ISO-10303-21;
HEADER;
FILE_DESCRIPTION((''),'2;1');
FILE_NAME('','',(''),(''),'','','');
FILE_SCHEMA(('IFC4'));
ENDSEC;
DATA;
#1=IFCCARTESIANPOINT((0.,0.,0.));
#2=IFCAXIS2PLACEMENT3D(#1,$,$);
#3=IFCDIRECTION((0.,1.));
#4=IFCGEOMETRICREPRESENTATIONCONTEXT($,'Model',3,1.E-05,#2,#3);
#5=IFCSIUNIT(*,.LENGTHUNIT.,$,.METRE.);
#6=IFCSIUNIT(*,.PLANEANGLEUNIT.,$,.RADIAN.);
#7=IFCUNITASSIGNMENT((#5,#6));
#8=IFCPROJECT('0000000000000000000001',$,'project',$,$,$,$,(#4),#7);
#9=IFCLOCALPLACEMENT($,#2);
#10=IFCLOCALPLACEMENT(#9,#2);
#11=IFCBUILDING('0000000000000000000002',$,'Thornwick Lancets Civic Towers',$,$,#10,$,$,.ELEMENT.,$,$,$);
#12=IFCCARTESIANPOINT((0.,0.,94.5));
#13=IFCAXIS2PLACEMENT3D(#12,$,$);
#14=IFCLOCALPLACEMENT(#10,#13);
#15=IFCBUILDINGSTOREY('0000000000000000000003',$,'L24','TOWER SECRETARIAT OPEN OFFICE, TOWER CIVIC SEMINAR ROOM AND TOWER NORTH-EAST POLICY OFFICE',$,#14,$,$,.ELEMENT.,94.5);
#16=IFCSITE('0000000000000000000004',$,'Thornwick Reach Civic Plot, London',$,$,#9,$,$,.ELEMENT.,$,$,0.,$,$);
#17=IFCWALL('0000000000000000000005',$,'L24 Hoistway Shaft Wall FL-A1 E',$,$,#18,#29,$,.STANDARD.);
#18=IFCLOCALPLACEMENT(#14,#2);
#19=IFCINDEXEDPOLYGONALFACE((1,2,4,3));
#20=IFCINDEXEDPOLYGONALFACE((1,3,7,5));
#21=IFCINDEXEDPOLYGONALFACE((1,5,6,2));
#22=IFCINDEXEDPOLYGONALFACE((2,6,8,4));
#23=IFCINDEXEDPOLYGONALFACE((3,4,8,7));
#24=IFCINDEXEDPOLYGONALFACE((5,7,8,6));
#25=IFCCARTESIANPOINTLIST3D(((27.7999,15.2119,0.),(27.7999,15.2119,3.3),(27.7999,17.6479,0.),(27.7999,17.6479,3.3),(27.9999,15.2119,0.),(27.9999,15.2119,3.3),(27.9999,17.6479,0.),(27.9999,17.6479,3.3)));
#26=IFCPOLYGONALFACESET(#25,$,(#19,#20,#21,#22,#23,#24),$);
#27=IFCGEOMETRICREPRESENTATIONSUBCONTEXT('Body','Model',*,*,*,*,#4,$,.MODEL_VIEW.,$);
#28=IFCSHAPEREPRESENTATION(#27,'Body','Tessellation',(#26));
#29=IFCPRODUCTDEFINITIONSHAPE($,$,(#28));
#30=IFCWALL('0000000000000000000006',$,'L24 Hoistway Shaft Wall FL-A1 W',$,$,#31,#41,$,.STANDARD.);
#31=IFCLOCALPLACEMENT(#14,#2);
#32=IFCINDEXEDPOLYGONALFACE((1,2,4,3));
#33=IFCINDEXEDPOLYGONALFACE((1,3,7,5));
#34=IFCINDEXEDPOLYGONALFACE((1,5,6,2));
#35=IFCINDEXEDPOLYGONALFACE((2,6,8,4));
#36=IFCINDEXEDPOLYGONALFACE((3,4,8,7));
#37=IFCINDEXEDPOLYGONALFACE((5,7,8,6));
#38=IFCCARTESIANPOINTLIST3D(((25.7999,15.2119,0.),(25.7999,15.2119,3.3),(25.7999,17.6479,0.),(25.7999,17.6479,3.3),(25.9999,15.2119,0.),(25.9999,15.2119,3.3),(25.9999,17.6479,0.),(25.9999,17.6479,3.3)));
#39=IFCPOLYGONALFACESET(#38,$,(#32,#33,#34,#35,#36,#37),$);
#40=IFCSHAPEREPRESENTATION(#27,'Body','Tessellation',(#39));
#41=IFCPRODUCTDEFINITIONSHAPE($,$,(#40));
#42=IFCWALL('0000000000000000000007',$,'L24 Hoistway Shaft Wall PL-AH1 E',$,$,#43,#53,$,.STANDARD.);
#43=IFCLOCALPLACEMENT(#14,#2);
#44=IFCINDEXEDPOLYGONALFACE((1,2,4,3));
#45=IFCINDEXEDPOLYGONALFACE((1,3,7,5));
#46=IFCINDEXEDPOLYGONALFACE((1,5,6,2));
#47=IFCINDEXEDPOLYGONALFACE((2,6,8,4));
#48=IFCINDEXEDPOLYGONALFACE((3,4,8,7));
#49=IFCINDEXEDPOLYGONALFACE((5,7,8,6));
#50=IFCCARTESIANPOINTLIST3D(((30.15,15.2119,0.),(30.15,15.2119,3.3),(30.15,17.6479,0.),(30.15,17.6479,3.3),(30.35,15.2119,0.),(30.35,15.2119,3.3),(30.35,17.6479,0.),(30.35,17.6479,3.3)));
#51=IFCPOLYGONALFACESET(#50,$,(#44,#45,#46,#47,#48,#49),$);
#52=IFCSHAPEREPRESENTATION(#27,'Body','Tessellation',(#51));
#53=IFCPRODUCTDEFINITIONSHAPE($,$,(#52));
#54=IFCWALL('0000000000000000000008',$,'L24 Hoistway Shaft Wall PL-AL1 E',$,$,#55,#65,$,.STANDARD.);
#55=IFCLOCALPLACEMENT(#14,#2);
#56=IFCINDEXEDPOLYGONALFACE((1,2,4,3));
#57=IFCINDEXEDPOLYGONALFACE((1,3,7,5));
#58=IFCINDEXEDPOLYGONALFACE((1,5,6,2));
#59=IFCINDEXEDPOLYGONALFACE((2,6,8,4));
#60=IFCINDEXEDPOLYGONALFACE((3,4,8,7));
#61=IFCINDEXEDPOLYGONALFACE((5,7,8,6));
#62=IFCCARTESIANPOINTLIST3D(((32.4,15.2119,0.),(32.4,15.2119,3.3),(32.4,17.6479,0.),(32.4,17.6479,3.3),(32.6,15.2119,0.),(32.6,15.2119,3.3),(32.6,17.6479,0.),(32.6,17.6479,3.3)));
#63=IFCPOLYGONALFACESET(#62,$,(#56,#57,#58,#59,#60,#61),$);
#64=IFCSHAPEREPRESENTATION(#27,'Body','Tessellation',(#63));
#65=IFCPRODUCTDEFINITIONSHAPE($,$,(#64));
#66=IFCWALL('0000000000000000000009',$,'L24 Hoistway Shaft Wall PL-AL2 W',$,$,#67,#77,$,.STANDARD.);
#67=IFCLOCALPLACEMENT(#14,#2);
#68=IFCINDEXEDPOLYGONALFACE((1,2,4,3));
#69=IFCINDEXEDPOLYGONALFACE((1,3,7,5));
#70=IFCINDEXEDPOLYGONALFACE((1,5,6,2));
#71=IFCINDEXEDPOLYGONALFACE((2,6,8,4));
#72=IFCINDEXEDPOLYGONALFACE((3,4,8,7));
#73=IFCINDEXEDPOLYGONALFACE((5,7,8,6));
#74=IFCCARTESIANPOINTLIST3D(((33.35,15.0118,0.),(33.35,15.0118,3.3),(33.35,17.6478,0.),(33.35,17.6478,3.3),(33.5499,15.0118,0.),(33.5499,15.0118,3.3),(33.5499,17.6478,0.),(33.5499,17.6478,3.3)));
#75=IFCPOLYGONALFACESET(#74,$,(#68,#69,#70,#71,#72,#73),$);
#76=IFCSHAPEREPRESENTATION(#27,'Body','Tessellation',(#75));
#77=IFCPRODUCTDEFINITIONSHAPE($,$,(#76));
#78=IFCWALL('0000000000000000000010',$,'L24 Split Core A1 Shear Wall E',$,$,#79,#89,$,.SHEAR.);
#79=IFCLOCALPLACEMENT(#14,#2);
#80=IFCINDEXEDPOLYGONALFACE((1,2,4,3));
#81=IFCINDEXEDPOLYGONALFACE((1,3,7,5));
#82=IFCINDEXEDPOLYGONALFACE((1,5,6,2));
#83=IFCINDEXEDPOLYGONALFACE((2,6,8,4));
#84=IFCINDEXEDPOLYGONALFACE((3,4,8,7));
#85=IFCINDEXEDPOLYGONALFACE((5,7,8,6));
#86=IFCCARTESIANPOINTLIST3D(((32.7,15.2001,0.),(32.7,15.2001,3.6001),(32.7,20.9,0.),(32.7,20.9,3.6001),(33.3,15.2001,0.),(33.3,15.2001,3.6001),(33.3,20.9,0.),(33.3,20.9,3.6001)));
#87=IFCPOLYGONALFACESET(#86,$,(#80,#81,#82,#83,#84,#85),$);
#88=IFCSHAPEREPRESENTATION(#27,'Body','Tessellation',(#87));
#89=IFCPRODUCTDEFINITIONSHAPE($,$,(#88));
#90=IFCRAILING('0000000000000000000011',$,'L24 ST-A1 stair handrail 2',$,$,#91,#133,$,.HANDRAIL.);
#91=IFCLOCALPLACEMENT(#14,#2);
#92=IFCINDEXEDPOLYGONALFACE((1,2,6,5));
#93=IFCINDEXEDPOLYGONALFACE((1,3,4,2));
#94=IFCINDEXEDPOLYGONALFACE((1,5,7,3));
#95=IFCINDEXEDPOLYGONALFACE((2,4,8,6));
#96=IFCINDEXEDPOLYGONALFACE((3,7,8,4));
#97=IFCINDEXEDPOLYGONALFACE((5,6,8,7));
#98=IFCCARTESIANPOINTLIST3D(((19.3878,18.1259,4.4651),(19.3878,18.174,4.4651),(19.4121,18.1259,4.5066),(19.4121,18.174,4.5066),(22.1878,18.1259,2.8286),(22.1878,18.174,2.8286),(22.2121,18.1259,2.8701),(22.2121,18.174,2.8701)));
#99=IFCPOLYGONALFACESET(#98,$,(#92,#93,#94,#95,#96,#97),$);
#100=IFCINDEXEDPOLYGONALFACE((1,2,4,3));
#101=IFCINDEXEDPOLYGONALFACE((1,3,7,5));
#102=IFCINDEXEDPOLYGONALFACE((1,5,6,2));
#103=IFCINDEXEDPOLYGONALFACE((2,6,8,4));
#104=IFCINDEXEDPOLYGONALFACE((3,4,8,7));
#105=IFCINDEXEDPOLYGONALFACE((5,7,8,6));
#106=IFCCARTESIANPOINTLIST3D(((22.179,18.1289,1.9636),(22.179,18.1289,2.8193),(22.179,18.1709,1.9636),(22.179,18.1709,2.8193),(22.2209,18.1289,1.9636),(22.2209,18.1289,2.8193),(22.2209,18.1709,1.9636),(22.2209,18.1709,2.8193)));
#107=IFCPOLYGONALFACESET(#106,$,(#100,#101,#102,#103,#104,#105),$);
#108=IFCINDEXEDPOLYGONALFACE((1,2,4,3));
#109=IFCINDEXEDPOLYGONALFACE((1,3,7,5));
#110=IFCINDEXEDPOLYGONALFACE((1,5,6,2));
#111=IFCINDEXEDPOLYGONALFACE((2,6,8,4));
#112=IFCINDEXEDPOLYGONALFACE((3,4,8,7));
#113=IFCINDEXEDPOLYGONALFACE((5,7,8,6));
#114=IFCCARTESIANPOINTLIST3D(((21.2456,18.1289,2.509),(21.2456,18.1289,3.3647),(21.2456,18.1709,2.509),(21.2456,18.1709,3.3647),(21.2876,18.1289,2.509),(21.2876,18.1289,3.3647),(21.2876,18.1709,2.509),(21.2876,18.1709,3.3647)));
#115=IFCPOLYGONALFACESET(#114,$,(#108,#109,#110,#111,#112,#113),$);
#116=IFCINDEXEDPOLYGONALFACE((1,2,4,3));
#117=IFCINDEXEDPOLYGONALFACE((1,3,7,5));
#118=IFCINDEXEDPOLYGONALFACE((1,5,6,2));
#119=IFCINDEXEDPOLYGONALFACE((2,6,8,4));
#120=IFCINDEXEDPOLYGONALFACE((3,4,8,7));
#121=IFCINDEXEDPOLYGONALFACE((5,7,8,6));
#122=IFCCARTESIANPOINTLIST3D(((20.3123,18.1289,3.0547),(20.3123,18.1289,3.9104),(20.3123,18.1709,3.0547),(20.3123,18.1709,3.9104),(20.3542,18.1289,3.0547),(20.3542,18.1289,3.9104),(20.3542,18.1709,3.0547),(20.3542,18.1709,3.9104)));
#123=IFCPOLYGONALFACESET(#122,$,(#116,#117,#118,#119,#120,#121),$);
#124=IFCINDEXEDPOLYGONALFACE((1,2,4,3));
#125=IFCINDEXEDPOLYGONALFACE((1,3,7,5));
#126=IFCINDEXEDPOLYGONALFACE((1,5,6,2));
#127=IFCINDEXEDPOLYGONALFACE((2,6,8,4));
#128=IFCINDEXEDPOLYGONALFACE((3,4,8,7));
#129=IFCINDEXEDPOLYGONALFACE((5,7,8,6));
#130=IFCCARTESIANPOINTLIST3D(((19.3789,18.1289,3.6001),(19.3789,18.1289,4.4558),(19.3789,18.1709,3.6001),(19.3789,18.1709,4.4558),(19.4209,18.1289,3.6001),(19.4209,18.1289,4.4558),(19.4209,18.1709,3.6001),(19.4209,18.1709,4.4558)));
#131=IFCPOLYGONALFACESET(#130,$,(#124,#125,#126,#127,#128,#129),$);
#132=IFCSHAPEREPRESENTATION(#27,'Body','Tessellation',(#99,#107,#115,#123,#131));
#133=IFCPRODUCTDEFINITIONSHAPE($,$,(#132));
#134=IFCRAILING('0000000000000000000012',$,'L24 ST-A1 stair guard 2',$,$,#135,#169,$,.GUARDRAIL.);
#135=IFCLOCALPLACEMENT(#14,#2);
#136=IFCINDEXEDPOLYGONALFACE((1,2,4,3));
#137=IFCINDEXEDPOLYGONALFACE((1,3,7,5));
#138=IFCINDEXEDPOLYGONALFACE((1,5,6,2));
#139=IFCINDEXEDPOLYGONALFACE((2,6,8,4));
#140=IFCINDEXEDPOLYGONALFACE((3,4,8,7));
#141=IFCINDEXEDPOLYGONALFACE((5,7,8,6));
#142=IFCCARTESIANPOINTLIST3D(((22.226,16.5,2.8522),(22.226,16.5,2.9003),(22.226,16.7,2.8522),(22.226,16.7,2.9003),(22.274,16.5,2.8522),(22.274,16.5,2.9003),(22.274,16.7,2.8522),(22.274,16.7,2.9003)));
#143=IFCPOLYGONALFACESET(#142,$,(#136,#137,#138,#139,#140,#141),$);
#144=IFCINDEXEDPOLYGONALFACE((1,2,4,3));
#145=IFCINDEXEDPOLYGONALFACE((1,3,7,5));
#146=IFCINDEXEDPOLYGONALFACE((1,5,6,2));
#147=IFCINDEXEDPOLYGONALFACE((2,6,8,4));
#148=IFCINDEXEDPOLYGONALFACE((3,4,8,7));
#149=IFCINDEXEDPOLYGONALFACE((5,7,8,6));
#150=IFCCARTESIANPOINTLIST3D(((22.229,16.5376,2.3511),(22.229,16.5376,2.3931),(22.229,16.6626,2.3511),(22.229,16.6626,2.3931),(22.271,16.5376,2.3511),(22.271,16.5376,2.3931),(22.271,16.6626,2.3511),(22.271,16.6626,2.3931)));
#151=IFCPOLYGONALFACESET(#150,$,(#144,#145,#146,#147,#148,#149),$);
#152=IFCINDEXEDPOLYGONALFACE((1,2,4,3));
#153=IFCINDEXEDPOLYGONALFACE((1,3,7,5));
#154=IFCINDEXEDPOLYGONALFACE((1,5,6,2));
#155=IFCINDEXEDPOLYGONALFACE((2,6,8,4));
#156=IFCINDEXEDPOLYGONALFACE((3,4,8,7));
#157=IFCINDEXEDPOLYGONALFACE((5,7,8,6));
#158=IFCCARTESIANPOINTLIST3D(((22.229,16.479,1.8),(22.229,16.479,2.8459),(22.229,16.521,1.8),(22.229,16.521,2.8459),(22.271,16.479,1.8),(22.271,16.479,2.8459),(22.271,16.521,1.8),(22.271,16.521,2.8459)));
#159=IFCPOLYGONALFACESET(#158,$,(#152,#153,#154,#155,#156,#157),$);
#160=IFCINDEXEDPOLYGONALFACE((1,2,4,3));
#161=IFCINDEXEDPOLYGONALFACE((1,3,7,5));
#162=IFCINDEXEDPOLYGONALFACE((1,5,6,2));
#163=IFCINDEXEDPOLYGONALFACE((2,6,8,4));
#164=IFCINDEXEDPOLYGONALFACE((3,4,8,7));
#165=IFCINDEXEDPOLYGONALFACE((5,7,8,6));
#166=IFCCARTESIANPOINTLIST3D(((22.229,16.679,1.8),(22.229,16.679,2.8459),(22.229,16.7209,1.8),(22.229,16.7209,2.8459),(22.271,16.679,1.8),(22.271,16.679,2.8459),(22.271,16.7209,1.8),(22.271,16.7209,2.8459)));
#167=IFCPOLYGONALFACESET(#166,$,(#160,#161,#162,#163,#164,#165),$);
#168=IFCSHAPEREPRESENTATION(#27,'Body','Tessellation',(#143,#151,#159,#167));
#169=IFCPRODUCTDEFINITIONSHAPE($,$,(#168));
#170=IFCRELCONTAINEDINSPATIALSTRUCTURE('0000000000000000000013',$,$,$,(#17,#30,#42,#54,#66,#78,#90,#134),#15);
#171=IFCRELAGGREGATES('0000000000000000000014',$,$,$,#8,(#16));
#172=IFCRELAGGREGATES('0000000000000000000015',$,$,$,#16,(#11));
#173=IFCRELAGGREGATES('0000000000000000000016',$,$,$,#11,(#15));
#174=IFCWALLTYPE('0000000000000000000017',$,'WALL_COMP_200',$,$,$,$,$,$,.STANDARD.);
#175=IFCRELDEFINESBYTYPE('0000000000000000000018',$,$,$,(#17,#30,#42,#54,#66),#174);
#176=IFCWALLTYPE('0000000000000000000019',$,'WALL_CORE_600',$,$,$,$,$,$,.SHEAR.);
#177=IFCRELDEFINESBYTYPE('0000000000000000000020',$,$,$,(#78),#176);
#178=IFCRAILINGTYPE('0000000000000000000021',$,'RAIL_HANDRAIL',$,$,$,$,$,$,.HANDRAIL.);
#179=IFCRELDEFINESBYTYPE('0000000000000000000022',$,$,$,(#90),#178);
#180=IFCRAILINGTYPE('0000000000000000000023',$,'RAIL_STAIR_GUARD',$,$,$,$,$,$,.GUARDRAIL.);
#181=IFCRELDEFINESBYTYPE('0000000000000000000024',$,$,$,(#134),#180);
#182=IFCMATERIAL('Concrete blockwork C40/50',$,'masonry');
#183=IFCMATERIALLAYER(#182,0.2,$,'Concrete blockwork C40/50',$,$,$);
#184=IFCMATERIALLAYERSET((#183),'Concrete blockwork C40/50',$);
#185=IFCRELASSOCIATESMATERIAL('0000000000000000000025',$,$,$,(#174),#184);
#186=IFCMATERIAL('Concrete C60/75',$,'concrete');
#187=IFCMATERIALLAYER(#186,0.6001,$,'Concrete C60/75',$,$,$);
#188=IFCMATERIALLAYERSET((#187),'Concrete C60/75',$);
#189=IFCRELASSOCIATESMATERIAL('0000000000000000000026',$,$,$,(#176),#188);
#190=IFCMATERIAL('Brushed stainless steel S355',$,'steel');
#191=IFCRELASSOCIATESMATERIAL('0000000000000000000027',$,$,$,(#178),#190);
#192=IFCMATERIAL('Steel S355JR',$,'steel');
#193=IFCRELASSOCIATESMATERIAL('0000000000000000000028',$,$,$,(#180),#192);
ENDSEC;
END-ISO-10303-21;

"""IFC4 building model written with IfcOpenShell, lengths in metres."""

from ifc_helpers import new_model, si_unit, direction, frame, frame_2d, origin, origin_2d, place, context, subcontext, project, spatial, rectangle, extrude, material, layer, layer_set, type_object, element, save


model = new_model("IFC4")

# Units and contexts
model_context = context("Model", 3, precision=1e-05, world=origin(), true_north=direction((0.0, 1.0)))
body_context = subcontext(model_context, "Body", "Model", "MODEL_VIEW")
ifc_project = project(units=[si_unit("LENGTHUNIT", "METRE"), si_unit("PLANEANGLEUNIT", "RADIAN")], contexts=[model_context])

# Site, building, storey
site_placement = place(None, origin())
site = spatial("IfcSite", under=ifc_project, at=site_placement, Name="Thornwick Reach Civic Plot, London", CompositionType="ELEMENT", RefElevation=0.0)
building_placement = place(site_placement, origin())
building = spatial("IfcBuilding", under=site, at=building_placement, Name="Thornwick Lancets Civic Towers", CompositionType="ELEMENT")
storey_placement = place(building_placement, frame((0.0, 0.0, 94.5)))
storey = spatial("IfcBuildingStorey", under=building, at=storey_placement, Name="L24", Description="TOWER SECRETARIAT OPEN OFFICE, TOWER CIVIC SEMINAR ROOM AND TOWER NORTH-EAST POLICY OFFICE", CompositionType="ELEMENT", Elevation=94.5)

# Shared definitions
ifc_material_1 = material(Name="Concrete C60/75", Category="concrete")

# Shared definitions
ifc_material_2 = material(Name="Steel S355JR", Category="steel")

# Shared definitions
ifc_material_3 = material(Name="Concrete blockwork C40/50", Category="masonry")
ifc_layer_1 = layer(ifc_material_3, 0.2, Name="Concrete blockwork C40/50")
ifc_layer_set_1 = layer_set([ifc_layer_1], Name="Concrete blockwork C40/50")
wall_type_1 = type_object("IfcWallType", Name="WALL_COMP_200", PredefinedType="STANDARD", material=ifc_layer_set_1)

# Walls
for number, where, z_axis, x_axis, name in (
    (1, (27.8999, 15.2119, 0.0), (0.0, 0.0, 1.0), (0.0, 1.0, 0.0), "L24 Hoistway Shaft Wall FL-A1 E"),
    (2, (25.8999, 15.2119, 0.0), (0.0, 0.0, 1.0), (0.0, 1.0, 0.0), "L24 Hoistway Shaft Wall FL-A1 W"),
    (3, (30.25, 15.2119, 0.0), (0.0, 0.0, 1.0), (0.0, 1.0, 0.0), "L24 Hoistway Shaft Wall PL-AH1 E"),
    (4, (32.5, 15.2119, 0.0), (0.0, 0.0, 1.0), (0.0, 1.0, 0.0), "L24 Hoistway Shaft Wall PL-AL1 E"),
):
    element("IfcWall", number, at=place(storey_placement, frame(where, z_axis=z_axis, x_axis=x_axis)), inside=storey, type_object=wall_type_1, Name=name, PredefinedType="STANDARD", context=body_context, shape_type="SweptSolid", body=[
        extrude(rectangle(XDim=2.436, YDim=0.2, at=frame_2d((1.218, 0.0))), origin(), (0.0, 0.0, 1.0), 3.3),
    ])
wall_1_placement = place(storey_placement, frame((33.45, 15.012, 0.0), z_axis=(0.0, 0.0, 1.0), x_axis=(0.0, 1.0, 0.0)))
element("IfcWall", 5, at=wall_1_placement, inside=storey, type_object=wall_type_1, Name="L24 Hoistway Shaft Wall PL-AL2 W", PredefinedType="STANDARD", context=body_context, shape_type="SweptSolid", body=[
    extrude(rectangle(XDim=2.636, YDim=0.2, at=frame_2d((1.3179, 0.0))), origin(), (0.0, 0.0, 1.0), 3.3),
])
ifc_layer_2 = layer(ifc_material_1, 0.6001, Name="Concrete C60/75")
ifc_layer_set_2 = layer_set([ifc_layer_2], Name="Concrete C60/75")
wall_type_2 = type_object("IfcWallType", Name="WALL_CORE_600", PredefinedType="SHEAR", material=ifc_layer_set_2)
wall_2_placement = place(storey_placement, frame((33.0, 15.2, 0.0), z_axis=(0.0, 0.0, 1.0), x_axis=(0.0, 1.0, 0.0)))
element("IfcWall", 6, at=wall_2_placement, inside=storey, type_object=wall_type_2, Name="L24 Split Core A1 Shear Wall E", PredefinedType="SHEAR", context=body_context, shape_type="SweptSolid", body=[
    extrude(rectangle(XDim=5.7, YDim=0.6001, at=frame_2d((2.8501, 0.0))), origin(), (0.0, 0.0, 1.0), 3.6001),
])

# Railings
ifc_material_4 = material(Name="Brushed stainless steel S355", Category="steel")
railing_type_1 = type_object("IfcRailingType", Name="RAIL_HANDRAIL", PredefinedType="HANDRAIL", material=ifc_material_4)
railing_1_placement = place(storey_placement, frame((22.2, 18.1499, 1.9636)))
element("IfcRailing", 7, at=railing_1_placement, inside=storey, type_object=railing_type_1, Name="L24 ST-A1 stair handrail 2", PredefinedType="HANDRAIL", context=body_context, shape_type="SweptSolid", body=[
    extrude(rectangle(XDim=0.0481, YDim=0.0481, at=origin_2d()), frame((0.0, 0.0, 0.8857), z_axis=(-0.863361, 0.0, 0.504587), x_axis=(0.0, -1.0, 0.0)), (0.0, 0.0, 1.0), 3.2432),
    extrude(rectangle(XDim=0.042, YDim=0.042, at=origin_2d()), origin(), (0.0, 0.0, 1.0), 0.8557),
    extrude(rectangle(XDim=0.042, YDim=0.042, at=origin_2d()), frame((-0.9333, 0.0, 0.5454)), (0.0, 0.0, 1.0), 0.8557),
    extrude(rectangle(XDim=0.042, YDim=0.042, at=origin_2d()), frame((-1.8667, 0.0, 1.0911)), (0.0, 0.0, 1.0), 0.8557),
    extrude(rectangle(XDim=0.042, YDim=0.042, at=origin_2d()), frame((-2.8, 0.0, 1.6365)), (0.0, 0.0, 1.0), 0.8557),
])
railing_type_2 = type_object("IfcRailingType", Name="RAIL_STAIR_GUARD", PredefinedType="GUARDRAIL", material=ifc_material_2)
railing_2_placement = place(storey_placement, frame((22.25, 16.5, 1.8)))
element("IfcRailing", 8, at=railing_2_placement, inside=storey, type_object=railing_type_2, Name="L24 ST-A1 stair guard 2", PredefinedType="GUARDRAIL", context=body_context, shape_type="SweptSolid", body=[
    extrude(rectangle(XDim=0.0481, YDim=0.0481, at=origin_2d()), frame((0.0, 0.0, 1.0762), z_axis=(0.0, 1.0, 0.0), x_axis=(-1.0, 0.0, 0.0)), (0.0, 0.0, 1.0), 0.2),
    extrude(rectangle(XDim=0.042, YDim=0.042, at=origin_2d()), frame((0.0, 0.0376, 0.572), z_axis=(0.0, 1.0, 0.0), x_axis=(-1.0, 0.0, 0.0)), (0.0, 0.0, 1.0), 0.125),
    extrude(rectangle(XDim=0.042, YDim=0.042, at=origin_2d()), origin(), (0.0, 0.0, 1.0), 1.0459),
    extrude(rectangle(XDim=0.042, YDim=0.042, at=origin_2d()), frame((0.0, 0.2, 0.0)), (0.0, 0.0, 1.0), 1.0459),
])

save(model, "model.ifc")
